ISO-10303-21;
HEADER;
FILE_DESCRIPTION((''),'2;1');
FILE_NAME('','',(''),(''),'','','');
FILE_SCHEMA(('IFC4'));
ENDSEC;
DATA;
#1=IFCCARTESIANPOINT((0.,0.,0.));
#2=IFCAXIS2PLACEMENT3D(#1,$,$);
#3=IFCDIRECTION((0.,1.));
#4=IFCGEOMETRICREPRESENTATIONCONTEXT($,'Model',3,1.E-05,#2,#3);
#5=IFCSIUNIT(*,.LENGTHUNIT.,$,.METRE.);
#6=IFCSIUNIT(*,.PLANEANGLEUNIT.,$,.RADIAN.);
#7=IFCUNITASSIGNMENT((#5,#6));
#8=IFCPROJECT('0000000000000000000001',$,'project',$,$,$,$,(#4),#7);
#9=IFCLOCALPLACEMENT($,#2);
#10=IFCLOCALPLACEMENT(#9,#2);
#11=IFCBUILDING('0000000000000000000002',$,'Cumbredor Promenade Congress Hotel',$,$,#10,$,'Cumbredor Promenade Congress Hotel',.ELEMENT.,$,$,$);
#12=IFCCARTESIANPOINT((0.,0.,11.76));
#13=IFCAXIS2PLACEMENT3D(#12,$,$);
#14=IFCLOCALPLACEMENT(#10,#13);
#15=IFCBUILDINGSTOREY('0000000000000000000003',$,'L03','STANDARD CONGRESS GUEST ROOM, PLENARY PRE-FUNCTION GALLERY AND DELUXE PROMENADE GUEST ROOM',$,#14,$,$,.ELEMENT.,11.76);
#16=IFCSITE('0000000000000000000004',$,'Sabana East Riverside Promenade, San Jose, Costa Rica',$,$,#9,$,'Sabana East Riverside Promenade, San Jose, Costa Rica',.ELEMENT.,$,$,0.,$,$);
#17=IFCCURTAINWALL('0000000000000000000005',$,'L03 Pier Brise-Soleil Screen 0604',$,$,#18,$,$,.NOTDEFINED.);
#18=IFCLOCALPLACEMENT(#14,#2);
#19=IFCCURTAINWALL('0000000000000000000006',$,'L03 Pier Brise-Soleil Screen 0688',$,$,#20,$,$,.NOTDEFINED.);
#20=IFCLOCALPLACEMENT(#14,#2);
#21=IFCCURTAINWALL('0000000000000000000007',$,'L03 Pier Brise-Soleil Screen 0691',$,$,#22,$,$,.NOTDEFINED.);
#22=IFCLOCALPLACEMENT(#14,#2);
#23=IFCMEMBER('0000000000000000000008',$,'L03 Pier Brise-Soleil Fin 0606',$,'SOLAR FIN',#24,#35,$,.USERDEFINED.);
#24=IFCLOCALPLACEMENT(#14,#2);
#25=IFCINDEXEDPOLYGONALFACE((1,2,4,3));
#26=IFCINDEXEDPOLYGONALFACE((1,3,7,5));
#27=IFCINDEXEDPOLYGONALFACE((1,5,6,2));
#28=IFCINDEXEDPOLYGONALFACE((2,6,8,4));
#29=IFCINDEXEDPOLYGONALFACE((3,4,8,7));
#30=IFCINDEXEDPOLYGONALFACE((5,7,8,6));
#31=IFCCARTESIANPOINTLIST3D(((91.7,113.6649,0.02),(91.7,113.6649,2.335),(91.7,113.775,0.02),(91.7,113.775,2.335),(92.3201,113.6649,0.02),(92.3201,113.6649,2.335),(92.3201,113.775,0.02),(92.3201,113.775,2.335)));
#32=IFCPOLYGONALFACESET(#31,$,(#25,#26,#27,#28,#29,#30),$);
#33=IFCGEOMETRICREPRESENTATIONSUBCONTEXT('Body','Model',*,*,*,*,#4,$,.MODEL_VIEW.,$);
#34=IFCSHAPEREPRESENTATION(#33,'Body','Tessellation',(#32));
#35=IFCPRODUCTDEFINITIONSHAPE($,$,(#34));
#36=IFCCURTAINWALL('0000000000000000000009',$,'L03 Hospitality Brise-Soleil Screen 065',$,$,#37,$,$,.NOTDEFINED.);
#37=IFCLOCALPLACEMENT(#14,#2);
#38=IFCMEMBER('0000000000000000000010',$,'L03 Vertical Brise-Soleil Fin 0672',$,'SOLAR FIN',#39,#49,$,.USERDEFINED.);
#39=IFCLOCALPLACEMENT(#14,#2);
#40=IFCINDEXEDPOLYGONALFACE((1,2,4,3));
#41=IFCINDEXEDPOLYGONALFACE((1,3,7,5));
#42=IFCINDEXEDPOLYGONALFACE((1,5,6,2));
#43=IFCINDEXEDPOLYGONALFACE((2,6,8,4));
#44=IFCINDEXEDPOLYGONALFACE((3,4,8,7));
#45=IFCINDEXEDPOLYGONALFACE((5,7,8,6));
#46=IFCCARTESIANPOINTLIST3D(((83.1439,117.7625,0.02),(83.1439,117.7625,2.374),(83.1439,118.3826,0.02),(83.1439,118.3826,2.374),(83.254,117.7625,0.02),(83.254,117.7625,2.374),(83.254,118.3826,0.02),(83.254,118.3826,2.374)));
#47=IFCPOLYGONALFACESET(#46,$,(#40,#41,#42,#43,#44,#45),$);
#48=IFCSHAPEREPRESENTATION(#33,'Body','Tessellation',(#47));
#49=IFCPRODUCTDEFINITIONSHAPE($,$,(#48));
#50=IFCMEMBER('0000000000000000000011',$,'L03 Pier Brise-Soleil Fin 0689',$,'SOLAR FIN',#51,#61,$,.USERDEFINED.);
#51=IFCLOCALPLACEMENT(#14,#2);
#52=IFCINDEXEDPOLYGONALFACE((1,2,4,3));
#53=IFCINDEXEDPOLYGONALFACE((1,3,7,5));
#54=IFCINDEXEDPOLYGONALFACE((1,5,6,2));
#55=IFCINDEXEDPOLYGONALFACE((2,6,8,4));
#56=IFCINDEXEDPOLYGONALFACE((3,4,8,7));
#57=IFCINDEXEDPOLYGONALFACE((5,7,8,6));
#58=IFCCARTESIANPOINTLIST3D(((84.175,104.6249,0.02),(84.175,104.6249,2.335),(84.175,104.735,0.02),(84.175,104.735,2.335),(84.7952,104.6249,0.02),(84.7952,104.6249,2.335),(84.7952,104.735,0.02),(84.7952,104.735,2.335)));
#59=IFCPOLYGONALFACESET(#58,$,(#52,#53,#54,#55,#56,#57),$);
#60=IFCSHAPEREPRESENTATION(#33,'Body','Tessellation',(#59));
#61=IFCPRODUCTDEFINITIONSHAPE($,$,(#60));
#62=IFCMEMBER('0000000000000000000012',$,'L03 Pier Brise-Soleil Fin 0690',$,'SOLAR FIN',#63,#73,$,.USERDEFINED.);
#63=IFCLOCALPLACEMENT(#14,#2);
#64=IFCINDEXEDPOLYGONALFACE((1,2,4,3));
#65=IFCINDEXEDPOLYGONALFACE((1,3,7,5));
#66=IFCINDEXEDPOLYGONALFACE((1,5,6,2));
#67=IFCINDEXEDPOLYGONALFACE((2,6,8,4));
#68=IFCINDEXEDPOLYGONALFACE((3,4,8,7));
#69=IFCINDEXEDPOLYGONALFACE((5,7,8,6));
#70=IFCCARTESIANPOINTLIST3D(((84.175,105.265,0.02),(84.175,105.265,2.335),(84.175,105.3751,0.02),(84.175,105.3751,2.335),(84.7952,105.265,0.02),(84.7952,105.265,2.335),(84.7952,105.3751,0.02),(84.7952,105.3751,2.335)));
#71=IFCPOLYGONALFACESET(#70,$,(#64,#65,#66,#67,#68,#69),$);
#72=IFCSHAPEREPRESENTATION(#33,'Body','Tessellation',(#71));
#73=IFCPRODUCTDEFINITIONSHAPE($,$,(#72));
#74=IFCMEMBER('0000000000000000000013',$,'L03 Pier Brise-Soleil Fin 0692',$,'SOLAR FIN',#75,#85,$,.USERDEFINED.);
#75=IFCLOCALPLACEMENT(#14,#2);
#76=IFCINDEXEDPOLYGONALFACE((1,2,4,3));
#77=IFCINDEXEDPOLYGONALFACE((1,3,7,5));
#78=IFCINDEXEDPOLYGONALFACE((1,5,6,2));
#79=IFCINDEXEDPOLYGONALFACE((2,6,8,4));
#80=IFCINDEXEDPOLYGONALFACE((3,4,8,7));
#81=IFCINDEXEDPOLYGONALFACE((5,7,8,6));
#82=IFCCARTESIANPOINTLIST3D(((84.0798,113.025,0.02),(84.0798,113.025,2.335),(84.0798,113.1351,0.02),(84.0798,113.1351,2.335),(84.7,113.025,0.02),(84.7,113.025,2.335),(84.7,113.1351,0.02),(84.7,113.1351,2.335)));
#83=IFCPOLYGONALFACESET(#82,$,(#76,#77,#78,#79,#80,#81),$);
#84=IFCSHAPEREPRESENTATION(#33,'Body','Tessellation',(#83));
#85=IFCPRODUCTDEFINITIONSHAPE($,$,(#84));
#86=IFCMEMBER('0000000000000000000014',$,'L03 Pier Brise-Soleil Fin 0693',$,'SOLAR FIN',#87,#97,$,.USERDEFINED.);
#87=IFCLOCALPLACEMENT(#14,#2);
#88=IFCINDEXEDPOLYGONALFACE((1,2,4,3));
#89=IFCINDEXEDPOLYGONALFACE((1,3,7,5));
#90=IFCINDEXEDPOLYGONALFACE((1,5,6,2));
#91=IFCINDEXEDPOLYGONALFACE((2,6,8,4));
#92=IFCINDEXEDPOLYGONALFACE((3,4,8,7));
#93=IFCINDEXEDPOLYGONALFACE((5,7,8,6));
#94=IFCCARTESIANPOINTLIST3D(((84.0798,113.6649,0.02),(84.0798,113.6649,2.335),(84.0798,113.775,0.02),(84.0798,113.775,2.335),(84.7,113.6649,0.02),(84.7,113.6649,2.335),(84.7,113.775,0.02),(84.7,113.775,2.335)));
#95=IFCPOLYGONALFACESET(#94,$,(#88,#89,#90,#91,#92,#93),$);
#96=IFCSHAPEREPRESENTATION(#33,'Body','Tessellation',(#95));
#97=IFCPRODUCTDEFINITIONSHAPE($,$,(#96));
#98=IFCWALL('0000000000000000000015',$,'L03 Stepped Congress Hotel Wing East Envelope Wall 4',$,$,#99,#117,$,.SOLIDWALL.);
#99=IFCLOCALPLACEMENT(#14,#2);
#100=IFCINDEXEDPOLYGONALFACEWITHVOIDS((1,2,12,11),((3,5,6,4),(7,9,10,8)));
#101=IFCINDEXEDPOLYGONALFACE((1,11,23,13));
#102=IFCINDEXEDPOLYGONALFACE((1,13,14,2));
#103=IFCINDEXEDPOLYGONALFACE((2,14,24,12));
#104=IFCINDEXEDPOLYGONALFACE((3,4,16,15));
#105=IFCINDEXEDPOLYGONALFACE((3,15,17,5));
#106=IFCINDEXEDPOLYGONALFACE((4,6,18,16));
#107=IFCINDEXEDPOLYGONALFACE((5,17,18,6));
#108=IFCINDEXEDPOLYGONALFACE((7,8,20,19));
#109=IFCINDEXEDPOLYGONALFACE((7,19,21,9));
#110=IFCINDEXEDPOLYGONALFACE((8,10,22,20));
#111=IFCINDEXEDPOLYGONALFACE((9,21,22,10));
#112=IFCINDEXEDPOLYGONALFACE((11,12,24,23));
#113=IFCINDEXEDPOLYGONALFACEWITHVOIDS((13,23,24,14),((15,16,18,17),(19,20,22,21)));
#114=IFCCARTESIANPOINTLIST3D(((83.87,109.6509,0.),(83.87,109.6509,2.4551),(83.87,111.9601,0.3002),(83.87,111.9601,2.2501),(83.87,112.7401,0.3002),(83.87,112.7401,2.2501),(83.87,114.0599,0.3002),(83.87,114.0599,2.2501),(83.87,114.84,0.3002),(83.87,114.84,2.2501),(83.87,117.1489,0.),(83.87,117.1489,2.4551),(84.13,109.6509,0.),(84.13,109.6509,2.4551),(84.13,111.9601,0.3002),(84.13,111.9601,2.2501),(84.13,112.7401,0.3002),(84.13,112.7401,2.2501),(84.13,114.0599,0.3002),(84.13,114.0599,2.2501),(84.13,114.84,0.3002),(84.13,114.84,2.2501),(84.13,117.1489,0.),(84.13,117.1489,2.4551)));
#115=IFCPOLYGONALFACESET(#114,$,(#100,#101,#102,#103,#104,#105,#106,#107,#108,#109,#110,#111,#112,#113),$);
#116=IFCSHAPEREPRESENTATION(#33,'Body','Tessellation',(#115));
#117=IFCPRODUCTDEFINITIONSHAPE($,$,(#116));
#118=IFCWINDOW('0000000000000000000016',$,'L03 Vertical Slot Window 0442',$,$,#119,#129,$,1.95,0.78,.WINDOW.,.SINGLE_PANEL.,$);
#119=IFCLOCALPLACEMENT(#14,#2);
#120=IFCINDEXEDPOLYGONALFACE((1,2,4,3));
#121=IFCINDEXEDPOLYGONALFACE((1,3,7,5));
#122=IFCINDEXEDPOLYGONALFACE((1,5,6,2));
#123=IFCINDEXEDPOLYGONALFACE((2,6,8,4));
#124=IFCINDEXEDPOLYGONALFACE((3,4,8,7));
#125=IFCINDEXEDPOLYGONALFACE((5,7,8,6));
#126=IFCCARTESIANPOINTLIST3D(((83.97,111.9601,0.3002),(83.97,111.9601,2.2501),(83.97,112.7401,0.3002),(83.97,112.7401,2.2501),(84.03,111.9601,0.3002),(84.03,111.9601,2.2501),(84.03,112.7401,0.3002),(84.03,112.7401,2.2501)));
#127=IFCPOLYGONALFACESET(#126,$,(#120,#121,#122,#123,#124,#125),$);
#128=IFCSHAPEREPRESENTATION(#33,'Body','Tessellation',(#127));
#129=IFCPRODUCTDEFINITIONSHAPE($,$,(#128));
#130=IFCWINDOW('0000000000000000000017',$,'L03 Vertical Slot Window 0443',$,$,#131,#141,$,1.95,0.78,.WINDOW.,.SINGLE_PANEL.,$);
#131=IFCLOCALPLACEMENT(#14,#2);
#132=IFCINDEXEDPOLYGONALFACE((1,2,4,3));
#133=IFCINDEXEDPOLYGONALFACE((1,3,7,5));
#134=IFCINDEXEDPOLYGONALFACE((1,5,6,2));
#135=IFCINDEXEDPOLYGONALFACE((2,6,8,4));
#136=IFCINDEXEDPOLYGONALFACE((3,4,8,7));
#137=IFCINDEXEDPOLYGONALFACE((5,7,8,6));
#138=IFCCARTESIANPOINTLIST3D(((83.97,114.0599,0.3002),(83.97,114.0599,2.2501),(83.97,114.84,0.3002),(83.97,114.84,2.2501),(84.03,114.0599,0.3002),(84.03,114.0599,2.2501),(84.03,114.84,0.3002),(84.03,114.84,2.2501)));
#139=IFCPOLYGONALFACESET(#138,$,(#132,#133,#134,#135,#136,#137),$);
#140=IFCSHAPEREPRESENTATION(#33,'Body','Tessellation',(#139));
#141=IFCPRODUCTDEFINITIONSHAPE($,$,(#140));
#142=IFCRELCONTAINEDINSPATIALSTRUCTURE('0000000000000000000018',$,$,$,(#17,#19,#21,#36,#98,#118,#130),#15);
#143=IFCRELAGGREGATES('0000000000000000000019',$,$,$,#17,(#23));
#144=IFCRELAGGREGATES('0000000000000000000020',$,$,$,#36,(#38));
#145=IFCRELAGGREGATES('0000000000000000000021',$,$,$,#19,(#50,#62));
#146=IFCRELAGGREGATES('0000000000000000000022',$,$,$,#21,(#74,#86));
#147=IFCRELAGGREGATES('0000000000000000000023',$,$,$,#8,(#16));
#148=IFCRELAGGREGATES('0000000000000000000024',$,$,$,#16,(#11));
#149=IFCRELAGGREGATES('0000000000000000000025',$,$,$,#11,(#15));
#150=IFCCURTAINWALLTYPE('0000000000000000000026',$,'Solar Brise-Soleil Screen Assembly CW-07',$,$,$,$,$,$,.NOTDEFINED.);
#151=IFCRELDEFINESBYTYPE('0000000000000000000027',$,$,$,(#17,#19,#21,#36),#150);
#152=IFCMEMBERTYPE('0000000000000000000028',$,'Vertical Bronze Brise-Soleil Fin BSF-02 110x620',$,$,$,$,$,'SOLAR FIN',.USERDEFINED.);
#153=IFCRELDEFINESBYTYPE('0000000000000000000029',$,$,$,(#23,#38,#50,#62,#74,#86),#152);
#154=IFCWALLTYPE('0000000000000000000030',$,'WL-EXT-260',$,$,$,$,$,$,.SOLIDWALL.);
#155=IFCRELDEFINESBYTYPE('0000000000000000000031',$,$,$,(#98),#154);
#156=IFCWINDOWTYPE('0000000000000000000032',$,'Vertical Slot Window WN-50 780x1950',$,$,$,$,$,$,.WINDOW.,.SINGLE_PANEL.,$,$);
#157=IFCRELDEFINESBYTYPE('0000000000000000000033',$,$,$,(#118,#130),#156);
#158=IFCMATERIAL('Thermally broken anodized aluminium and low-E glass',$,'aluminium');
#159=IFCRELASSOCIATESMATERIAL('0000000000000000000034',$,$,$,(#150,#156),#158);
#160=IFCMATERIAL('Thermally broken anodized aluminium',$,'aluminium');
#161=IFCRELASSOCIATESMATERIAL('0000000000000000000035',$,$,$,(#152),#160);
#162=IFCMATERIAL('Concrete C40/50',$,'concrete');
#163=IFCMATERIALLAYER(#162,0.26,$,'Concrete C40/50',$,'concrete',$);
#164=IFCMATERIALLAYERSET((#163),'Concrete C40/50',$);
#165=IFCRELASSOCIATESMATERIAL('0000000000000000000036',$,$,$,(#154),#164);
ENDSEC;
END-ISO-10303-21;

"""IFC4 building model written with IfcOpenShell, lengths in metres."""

from ifc_helpers import new_model, si_unit, direction, frame, frame_2d, origin, origin_2d, place, context, subcontext, project, spatial, rectangle, extrude, material, layer, layer_set, material_profile, profile_set, type_object, element, fill, aggregate, save


model = new_model("IFC4")

# Units and contexts
model_context = context("Model", 3, precision=1e-05, world=origin(), true_north=direction((0.0, 1.0)))
body_context = subcontext(model_context, "Body", "Model", "MODEL_VIEW")
ifc_project = project(units=[si_unit("LENGTHUNIT", "METRE"), si_unit("PLANEANGLEUNIT", "RADIAN")], contexts=[model_context])

# Site, building, storey
site_placement = place(None, origin())
site = spatial("IfcSite", under=ifc_project, at=site_placement, Name="Sabana East Riverside Promenade, San Jose, Costa Rica", LongName="Sabana East Riverside Promenade, San Jose, Costa Rica", CompositionType="ELEMENT", RefElevation=0.0)
building_placement = place(site_placement, origin())
building = spatial("IfcBuilding", under=site, at=building_placement, Name="Cumbredor Promenade Congress Hotel", LongName="Cumbredor Promenade Congress Hotel", CompositionType="ELEMENT")
storey_placement = place(building_placement, frame((0.0, 0.0, 11.76)))
storey = spatial("IfcBuildingStorey", under=building, at=storey_placement, Name="L03", Description="STANDARD CONGRESS GUEST ROOM, PLENARY PRE-FUNCTION GALLERY AND DELUXE PROMENADE GUEST ROOM", CompositionType="ELEMENT", Elevation=11.76)

# Shared definitions
ifc_material_1 = material(Name="Concrete C40/50", Category="concrete")

# Curtain walls
ifc_material_2 = material(Name="Thermally broken anodized aluminium and low-E glass", Category="aluminium")
curtain_wall_type = type_object("IfcCurtainWallType", Name="Solar Brise-Soleil Screen Assembly CW-07", PredefinedType="NOTDEFINED", material=ifc_material_2)
curtain_wall_1_placement = place(storey_placement, origin())
curtain_wall_1 = element("IfcCurtainWall", 1, at=curtain_wall_1_placement, inside=storey, type_object=curtain_wall_type, Name="L03 Pier Brise-Soleil Screen 0604", PredefinedType="NOTDEFINED")
ifc_material_3 = material(Name="Thermally broken anodized aluminium", Category="aluminium")
curtain_wall_2_placement = place(storey_placement, origin())
curtain_wall_2 = element("IfcCurtainWall", 2, at=curtain_wall_2_placement, inside=storey, type_object=curtain_wall_type, Name="L03 Pier Brise-Soleil Screen 0688", PredefinedType="NOTDEFINED")
curtain_wall_3_placement = place(storey_placement, origin())
curtain_wall_3 = element("IfcCurtainWall", 3, at=curtain_wall_3_placement, inside=storey, type_object=curtain_wall_type, Name="L03 Pier Brise-Soleil Screen 0691", PredefinedType="NOTDEFINED")

# Member
ifc_material_profile_1 = material_profile(ifc_material_3, rectangle(XDim=0.1101, YDim=0.6201, at=origin_2d()), Name="ARCH FIN 110x620")
ifc_profile_set_1 = profile_set([ifc_material_profile_1], Name="Thermally broken anodized aluminium")
member_type_1 = type_object("IfcMemberType", Name="Vertical Bronze Brise-Soleil Fin BSF-02 110x620", ElementType="SOLAR FIN", PredefinedType="USERDEFINED", material=ifc_profile_set_1)
member_1_placement = place(storey_placement, frame((92.01, 113.72, 0.02), z_axis=(0.0, 0.0, 1.0), x_axis=(0.0, 1.0, 0.0)))
member_1 = element("IfcMember", 4, at=member_1_placement, type_object=member_type_1, Name="L03 Pier Brise-Soleil Fin 0606", ObjectType="SOLAR FIN", PredefinedType="USERDEFINED", context=body_context, shape_type="SweptSolid", body=[
    extrude(rectangle(XDim=0.1101, YDim=0.6201, at=origin_2d()), origin(), (0.0, 0.0, 1.0), 2.3149),
])
aggregate(curtain_wall_1, [member_1])

# Curtain wall, member
curtain_wall_4_placement = place(storey_placement, origin())
curtain_wall_4 = element("IfcCurtainWall", 5, at=curtain_wall_4_placement, inside=storey, type_object=curtain_wall_type, Name="L03 Hospitality Brise-Soleil Screen 065", PredefinedType="NOTDEFINED")
member_2_placement = place(storey_placement, frame((83.199, 118.0725, 0.02), z_axis=(0.0, 0.0, 1.0), x_axis=(1.0, 0.0, 0.0)))
member_2 = element("IfcMember", 6, at=member_2_placement, type_object=member_type_1, Name="L03 Vertical Brise-Soleil Fin 0672", ObjectType="SOLAR FIN", PredefinedType="USERDEFINED", context=body_context, shape_type="SweptSolid", body=[
    extrude(rectangle(XDim=0.1101, YDim=0.6201, at=origin_2d()), origin(), (0.0, 0.0, 1.0), 2.354),
])
aggregate(curtain_wall_4, [member_2])

# Members
member_3_placement = place(storey_placement, frame((84.4851, 104.6799, 0.02), z_axis=(0.0, 0.0, 1.0), x_axis=(0.0, 1.0, 0.0)))
member_3 = element("IfcMember", 7, at=member_3_placement, type_object=member_type_1, Name="L03 Pier Brise-Soleil Fin 0689", ObjectType="SOLAR FIN", PredefinedType="USERDEFINED", context=body_context, shape_type="SweptSolid", body=[
    extrude(rectangle(XDim=0.1101, YDim=0.6201, at=origin_2d()), origin(), (0.0, 0.0, 1.0), 2.3149),
])
member_4_placement = place(storey_placement, frame((84.4851, 105.3201, 0.02), z_axis=(0.0, 0.0, 1.0), x_axis=(0.0, 1.0, 0.0)))
member_4 = element("IfcMember", 8, at=member_4_placement, type_object=member_type_1, Name="L03 Pier Brise-Soleil Fin 0690", ObjectType="SOLAR FIN", PredefinedType="USERDEFINED", context=body_context, shape_type="SweptSolid", body=[
    extrude(rectangle(XDim=0.1101, YDim=0.6201, at=origin_2d()), origin(), (0.0, 0.0, 1.0), 2.3149),
])
aggregate(curtain_wall_2, [member_3, member_4])
member_5_placement = place(storey_placement, frame((84.3899, 113.0801, 0.02), z_axis=(0.0, 0.0, 1.0), x_axis=(0.0, 1.0, 0.0)))
member_5 = element("IfcMember", 9, at=member_5_placement, type_object=member_type_1, Name="L03 Pier Brise-Soleil Fin 0692", ObjectType="SOLAR FIN", PredefinedType="USERDEFINED", context=body_context, shape_type="SweptSolid", body=[
    extrude(rectangle(XDim=0.1101, YDim=0.6201, at=origin_2d()), origin(), (0.0, 0.0, 1.0), 2.3149),
])
member_6_placement = place(storey_placement, frame((84.3899, 113.72, 0.02), z_axis=(0.0, 0.0, 1.0), x_axis=(0.0, 1.0, 0.0)))
member_6 = element("IfcMember", 10, at=member_6_placement, type_object=member_type_1, Name="L03 Pier Brise-Soleil Fin 0693", ObjectType="SOLAR FIN", PredefinedType="USERDEFINED", context=body_context, shape_type="SweptSolid", body=[
    extrude(rectangle(XDim=0.1101, YDim=0.6201, at=origin_2d()), origin(), (0.0, 0.0, 1.0), 2.3149),
])
aggregate(curtain_wall_3, [member_5, member_6])

# Wall, openings, windows
ifc_layer_1 = layer(ifc_material_1, 0.26, Name="Concrete C40/50", Category="concrete")
ifc_layer_set_1 = layer_set([ifc_layer_1], Name="Concrete C40/50")
wall_type_1 = type_object("IfcWallType", Name="WL-EXT-260", PredefinedType="SOLIDWALL", material=ifc_layer_set_1)
wall_1_placement = place(storey_placement, frame((84.0, 109.6509, 0.0), z_axis=(0.0, 0.0, 1.0), x_axis=(0.0, 1.0, 0.0)))
wall_1 = element("IfcWall", 11, at=wall_1_placement, inside=storey, type_object=wall_type_1, Name="L03 Stepped Congress Hotel Wing East Envelope Wall 4", PredefinedType="SOLIDWALL", context=body_context, shape_type="SweptSolid", body=[
    extrude(rectangle(XDim=7.498, YDim=0.26, at=frame_2d((3.749, 0.0))), origin(), (0.0, 0.0, 1.0), 2.4551),
])
opening_1_placement = place(wall_1_placement, frame((2.3091, 0.0, 0.3)))
opening_1 = element("IfcOpeningElement", 12, at=opening_1_placement, cuts=wall_1, PredefinedType="OPENING", context=body_context, shape_type="SweptSolid", body=[
    extrude(rectangle(XDim=0.78, YDim=1.95, at=frame_2d((0.3901, 0.9751))), frame((0.0, 0.1401, 0.0), z_axis=(0.0, -1.0, 0.0), x_axis=(1.0, 0.0, 0.0)), (0.0, 0.0, 1.0), 0.28),
])
opening_2_placement = place(wall_1_placement, frame((4.4089, 0.0, 0.3)))
opening_2 = element("IfcOpeningElement", 13, at=opening_2_placement, cuts=wall_1, PredefinedType="OPENING", context=body_context, shape_type="SweptSolid", body=[
    extrude(rectangle(XDim=0.78, YDim=1.95, at=frame_2d((0.3901, 0.9751))), frame((0.0, 0.1401, 0.0), z_axis=(0.0, -1.0, 0.0), x_axis=(1.0, 0.0, 0.0)), (0.0, 0.0, 1.0), 0.28),
])
window_type_1 = type_object("IfcWindowType", Name="Vertical Slot Window WN-50 780x1950", PartitioningType="SINGLE_PANEL", PredefinedType="WINDOW", material=ifc_material_2)
window_1_placement = place(opening_1_placement, origin())
window_1 = element("IfcWindow", 14, at=window_1_placement, inside=storey, type_object=window_type_1, Name="L03 Vertical Slot Window 0442", OverallHeight=1.95, OverallWidth=0.78, PartitioningType="SINGLE_PANEL", PredefinedType="WINDOW", context=body_context, shape_type="SweptSolid", body=[
    extrude(rectangle(XDim=0.78, YDim=1.95, at=frame_2d((0.3901, 0.9751))), frame((0.0, 0.03, 0.0), z_axis=(0.0, -1.0, 0.0), x_axis=(1.0, 0.0, 0.0)), (0.0, 0.0, 1.0), 0.0601),
])
fill(opening_1, window_1)
window_2_placement = place(opening_2_placement, origin())
window_2 = element("IfcWindow", 15, at=window_2_placement, inside=storey, type_object=window_type_1, Name="L03 Vertical Slot Window 0443", OverallHeight=1.95, OverallWidth=0.78, PartitioningType="SINGLE_PANEL", PredefinedType="WINDOW", context=body_context, shape_type="SweptSolid", body=[
    extrude(rectangle(XDim=0.78, YDim=1.95, at=frame_2d((0.3901, 0.9751))), frame((0.0, 0.03, 0.0), z_axis=(0.0, -1.0, 0.0), x_axis=(1.0, 0.0, 0.0)), (0.0, 0.0, 1.0), 0.0601),
])
fill(opening_2, window_2)

save(model, "model.ifc")
